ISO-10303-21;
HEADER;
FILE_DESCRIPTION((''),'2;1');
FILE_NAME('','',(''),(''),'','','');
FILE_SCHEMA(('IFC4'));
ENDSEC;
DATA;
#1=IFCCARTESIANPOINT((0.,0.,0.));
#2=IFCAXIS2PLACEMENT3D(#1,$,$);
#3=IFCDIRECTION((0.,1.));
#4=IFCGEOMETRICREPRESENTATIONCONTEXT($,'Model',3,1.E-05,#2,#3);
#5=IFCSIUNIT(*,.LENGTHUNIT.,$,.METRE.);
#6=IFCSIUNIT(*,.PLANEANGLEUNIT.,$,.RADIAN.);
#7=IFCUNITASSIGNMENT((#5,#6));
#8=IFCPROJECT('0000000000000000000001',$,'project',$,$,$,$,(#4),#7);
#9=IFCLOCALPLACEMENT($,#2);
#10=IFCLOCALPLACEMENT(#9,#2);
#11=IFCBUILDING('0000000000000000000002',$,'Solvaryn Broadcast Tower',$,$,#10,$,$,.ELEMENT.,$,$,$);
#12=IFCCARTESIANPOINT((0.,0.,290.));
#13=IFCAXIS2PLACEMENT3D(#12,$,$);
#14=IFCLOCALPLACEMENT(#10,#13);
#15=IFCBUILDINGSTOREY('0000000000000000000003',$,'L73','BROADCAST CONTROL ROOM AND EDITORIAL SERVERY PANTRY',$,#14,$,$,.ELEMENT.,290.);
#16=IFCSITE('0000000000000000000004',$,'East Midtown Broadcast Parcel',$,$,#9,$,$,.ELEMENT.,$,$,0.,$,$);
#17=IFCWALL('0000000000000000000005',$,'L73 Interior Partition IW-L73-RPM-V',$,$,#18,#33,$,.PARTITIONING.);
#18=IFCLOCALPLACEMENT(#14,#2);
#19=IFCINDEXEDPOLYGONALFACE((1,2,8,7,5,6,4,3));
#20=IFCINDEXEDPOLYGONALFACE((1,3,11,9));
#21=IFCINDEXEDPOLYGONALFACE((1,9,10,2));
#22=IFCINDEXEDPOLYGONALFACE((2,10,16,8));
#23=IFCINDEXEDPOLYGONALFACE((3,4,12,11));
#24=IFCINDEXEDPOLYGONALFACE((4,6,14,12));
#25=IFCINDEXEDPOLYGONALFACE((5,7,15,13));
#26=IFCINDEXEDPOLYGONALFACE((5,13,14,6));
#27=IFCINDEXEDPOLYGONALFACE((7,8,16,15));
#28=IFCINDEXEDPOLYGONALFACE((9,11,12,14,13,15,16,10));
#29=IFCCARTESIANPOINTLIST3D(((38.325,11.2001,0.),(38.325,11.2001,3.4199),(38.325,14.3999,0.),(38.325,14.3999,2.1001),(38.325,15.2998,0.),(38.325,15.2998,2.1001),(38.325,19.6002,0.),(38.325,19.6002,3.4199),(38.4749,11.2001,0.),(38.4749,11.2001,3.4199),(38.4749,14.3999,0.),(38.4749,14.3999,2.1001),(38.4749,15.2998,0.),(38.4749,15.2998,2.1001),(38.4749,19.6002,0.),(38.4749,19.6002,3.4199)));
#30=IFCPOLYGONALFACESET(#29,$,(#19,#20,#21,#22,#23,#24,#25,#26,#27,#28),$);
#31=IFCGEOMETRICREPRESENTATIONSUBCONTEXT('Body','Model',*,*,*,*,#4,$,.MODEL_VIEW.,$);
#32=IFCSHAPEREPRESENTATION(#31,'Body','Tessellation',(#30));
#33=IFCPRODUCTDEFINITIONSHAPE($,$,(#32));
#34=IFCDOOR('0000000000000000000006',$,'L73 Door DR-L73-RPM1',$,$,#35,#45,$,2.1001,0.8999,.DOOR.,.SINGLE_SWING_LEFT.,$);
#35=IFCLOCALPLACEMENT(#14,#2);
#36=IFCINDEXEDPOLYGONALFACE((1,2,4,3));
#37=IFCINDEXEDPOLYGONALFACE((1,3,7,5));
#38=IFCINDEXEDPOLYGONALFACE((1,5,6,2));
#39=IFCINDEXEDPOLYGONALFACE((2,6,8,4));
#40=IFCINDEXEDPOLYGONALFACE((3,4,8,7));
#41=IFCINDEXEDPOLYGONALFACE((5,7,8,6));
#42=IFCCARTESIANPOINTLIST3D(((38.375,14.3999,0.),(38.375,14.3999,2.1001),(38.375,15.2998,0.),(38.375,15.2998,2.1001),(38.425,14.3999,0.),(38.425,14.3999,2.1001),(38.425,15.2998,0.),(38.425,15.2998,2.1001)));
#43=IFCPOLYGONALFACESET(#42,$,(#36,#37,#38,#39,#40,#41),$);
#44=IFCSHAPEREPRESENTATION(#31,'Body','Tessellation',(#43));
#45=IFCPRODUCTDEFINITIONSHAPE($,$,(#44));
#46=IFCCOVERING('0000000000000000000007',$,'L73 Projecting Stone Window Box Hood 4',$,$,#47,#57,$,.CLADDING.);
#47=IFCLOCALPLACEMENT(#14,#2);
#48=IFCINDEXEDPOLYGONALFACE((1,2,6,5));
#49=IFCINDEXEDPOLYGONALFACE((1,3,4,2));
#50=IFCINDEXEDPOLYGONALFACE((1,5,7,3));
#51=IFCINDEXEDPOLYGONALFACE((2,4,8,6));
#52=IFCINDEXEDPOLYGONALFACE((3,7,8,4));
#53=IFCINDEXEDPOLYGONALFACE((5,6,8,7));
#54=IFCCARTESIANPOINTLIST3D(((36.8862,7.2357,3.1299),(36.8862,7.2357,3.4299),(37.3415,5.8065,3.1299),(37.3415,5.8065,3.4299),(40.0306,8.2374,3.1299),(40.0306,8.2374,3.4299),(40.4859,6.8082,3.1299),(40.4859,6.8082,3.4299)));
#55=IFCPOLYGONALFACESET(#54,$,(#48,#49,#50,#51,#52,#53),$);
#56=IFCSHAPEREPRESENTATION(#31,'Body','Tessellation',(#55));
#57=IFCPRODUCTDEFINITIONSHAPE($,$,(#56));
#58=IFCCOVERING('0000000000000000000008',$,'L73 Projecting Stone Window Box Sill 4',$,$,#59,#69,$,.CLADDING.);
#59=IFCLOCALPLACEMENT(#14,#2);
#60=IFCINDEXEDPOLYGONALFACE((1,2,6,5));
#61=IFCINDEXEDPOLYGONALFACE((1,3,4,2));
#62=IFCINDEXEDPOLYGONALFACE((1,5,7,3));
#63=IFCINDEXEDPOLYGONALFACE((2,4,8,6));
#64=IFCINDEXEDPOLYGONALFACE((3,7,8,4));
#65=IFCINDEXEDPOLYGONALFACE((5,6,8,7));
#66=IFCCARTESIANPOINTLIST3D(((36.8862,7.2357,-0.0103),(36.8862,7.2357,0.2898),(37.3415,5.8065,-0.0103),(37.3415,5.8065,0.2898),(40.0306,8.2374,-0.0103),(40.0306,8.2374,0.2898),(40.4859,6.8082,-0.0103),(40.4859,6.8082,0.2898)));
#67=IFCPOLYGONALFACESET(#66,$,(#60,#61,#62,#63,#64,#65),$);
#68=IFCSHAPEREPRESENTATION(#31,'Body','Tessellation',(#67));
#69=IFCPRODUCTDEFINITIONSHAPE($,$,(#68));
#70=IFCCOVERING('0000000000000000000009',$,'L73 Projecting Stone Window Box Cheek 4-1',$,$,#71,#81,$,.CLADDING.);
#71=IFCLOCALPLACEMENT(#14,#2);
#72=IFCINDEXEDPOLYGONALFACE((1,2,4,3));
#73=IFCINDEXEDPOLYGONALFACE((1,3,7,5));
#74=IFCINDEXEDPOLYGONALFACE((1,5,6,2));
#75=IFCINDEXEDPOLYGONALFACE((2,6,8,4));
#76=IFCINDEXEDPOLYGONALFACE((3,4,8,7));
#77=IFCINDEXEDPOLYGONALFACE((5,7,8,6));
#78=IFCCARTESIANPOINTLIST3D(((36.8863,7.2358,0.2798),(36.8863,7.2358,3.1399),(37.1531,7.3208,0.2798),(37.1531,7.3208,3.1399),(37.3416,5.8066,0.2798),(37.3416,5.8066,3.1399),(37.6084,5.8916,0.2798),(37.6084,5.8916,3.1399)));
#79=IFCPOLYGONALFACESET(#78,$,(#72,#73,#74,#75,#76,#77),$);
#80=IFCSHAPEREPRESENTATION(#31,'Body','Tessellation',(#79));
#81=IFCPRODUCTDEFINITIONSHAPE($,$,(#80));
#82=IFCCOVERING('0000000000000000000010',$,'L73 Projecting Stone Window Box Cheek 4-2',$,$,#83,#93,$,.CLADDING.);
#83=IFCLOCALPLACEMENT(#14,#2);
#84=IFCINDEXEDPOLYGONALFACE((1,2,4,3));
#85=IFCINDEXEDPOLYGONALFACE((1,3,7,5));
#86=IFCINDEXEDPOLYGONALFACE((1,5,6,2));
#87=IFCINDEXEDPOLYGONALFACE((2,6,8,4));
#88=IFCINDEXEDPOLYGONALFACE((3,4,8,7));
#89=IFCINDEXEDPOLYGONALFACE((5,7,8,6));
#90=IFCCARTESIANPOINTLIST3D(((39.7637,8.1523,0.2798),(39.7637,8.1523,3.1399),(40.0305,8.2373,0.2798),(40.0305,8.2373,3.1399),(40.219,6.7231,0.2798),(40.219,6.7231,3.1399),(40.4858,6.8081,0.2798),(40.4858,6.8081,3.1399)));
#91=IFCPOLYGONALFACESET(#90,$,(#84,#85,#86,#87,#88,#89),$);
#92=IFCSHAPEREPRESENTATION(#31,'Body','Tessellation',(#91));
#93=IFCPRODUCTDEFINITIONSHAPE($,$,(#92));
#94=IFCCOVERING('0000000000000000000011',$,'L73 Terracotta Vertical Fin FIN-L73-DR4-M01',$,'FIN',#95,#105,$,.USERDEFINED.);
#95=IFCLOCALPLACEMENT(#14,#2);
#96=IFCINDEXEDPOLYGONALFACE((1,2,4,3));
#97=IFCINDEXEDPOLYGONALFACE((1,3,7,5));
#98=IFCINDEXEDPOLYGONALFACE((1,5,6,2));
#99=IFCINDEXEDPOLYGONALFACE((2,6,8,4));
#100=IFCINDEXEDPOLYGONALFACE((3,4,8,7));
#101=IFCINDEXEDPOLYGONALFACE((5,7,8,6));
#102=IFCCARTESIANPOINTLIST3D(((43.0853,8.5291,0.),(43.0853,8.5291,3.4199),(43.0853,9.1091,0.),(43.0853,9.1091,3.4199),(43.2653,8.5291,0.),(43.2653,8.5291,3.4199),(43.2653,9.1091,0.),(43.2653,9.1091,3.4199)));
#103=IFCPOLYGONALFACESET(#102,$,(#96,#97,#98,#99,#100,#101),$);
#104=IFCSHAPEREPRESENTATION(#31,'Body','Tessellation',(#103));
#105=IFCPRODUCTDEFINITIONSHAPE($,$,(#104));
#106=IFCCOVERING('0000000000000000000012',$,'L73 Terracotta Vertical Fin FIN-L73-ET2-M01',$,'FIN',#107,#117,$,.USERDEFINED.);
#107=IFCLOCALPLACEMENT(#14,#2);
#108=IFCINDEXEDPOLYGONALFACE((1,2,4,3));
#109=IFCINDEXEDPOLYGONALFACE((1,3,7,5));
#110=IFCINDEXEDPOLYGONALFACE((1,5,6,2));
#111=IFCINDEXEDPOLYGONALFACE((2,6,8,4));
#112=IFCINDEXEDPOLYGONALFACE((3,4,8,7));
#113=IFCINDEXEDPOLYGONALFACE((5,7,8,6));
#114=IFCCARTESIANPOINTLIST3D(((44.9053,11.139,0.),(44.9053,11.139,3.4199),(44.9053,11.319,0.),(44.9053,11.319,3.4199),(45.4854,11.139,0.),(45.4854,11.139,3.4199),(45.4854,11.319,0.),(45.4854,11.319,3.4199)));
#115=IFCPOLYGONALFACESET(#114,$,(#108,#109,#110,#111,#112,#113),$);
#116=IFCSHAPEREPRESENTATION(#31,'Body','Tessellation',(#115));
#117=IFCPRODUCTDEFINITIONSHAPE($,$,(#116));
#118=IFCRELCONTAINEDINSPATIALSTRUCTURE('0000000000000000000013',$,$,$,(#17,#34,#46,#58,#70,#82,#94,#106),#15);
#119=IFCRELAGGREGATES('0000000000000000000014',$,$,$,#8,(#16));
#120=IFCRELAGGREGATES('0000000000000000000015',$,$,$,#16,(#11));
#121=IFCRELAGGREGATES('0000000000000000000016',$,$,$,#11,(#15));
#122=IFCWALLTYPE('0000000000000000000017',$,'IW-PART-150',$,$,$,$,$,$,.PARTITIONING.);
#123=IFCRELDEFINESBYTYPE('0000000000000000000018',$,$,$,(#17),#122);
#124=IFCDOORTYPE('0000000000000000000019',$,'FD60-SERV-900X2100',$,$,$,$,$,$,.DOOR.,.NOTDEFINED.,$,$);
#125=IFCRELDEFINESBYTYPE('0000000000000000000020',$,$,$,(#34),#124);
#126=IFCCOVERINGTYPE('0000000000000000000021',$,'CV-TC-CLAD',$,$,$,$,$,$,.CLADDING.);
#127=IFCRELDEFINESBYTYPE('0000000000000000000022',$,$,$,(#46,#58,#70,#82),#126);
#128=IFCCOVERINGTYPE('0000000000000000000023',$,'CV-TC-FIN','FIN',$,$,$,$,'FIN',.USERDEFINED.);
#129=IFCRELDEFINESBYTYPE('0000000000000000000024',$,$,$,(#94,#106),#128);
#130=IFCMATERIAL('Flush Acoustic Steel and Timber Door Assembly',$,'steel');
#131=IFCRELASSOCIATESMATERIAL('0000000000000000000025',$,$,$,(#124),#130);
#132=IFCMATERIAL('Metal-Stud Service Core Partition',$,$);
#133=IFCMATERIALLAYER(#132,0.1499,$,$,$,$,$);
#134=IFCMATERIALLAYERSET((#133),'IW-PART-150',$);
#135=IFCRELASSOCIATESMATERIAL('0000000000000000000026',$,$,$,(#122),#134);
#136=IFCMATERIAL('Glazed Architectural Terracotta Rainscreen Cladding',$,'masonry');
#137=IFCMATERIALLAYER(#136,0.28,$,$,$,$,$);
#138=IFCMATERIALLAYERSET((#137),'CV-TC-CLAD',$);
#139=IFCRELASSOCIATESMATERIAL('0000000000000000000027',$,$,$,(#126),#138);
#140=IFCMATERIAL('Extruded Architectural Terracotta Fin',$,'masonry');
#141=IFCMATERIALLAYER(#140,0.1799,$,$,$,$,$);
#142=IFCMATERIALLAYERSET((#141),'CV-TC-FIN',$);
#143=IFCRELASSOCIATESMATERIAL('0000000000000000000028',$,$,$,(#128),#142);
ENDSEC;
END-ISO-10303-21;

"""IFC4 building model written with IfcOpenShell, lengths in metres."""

from ifc_helpers import new_model, si_unit, direction, frame, frame_2d, origin, origin_2d, place, context, subcontext, project, spatial, rectangle, extrude, material, layer, layer_set, type_object, element, fill, save


model = new_model("IFC4")

# Units and contexts
model_context = context("Model", 3, precision=1e-05, world=origin(), true_north=direction((0.0, 1.0)))
body_context = subcontext(model_context, "Body", "Model", "MODEL_VIEW")
ifc_project = project(units=[si_unit("LENGTHUNIT", "METRE"), si_unit("PLANEANGLEUNIT", "RADIAN")], contexts=[model_context])

# Site, building, storey
site_placement = place(None, origin())
site = spatial("IfcSite", under=ifc_project, at=site_placement, Name="East Midtown Broadcast Parcel", CompositionType="ELEMENT", RefElevation=0.0)
building_placement = place(site_placement, origin())
building = spatial("IfcBuilding", under=site, at=building_placement, Name="Solvaryn Broadcast Tower", CompositionType="ELEMENT")
storey_placement = place(building_placement, frame((0.0, 0.0, 290.0)))
storey = spatial("IfcBuildingStorey", under=building, at=storey_placement, Name="L73", Description="BROADCAST CONTROL ROOM AND EDITORIAL SERVERY PANTRY", CompositionType="ELEMENT", Elevation=290.0)

# Shared definitions
ifc_material_1 = material(Name="Flush Acoustic Steel and Timber Door Assembly", Category="steel")
door_type = type_object("IfcDoorType", Name="FD60-SERV-900X2100", OperationType="NOTDEFINED", PredefinedType="DOOR", material=ifc_material_1)

# Wall, opening, door
ifc_material_2 = material(Name="Metal-Stud Service Core Partition")
ifc_layer_1 = layer(ifc_material_2, 0.1499)
ifc_layer_set_1 = layer_set([ifc_layer_1], Name="IW-PART-150")
wall_type_1 = type_object("IfcWallType", Name="IW-PART-150", PredefinedType="PARTITIONING", material=ifc_layer_set_1)
wall_1_placement = place(storey_placement, frame((38.3999, 11.2, 0.0), z_axis=(0.0, 0.0, 1.0), x_axis=(0.0, 1.0, 0.0)))
wall_1 = element("IfcWall", 1, at=wall_1_placement, inside=storey, type_object=wall_type_1, Name="L73 Interior Partition IW-L73-RPM-V", PredefinedType="PARTITIONING", context=body_context, shape_type="SweptSolid", body=[
    extrude(rectangle(XDim=8.4001, YDim=0.1499, at=frame_2d((4.2002, 0.0))), origin(), (0.0, 0.0, 1.0), 3.4199),
])
opening_1_placement = place(wall_1_placement, frame((3.2, 0.0, 0.0)))
opening_1 = element("IfcOpeningElement", 2, at=opening_1_placement, cuts=wall_1, PredefinedType="OPENING", context=body_context, shape_type="SweptSolid", body=[
    extrude(rectangle(XDim=0.8999, YDim=2.1001, at=frame_2d((0.45, 1.05))), frame((0.0, 0.085, 0.0), z_axis=(0.0, -1.0, 0.0), x_axis=(1.0, 0.0, 0.0)), (0.0, 0.0, 1.0), 0.1699),
])
door_1_placement = place(opening_1_placement, origin())
door_1 = element("IfcDoor", 3, at=door_1_placement, inside=storey, type_object=door_type, Name="L73 Door DR-L73-RPM1", OperationType="SINGLE_SWING_LEFT", OverallHeight=2.1001, OverallWidth=0.8999, PredefinedType="DOOR", context=body_context, shape_type="SweptSolid", body=[
    extrude(rectangle(XDim=0.8999, YDim=2.1001, at=frame_2d((0.45, 1.05))), frame((0.0, 0.0249, 0.0), z_axis=(0.0, -1.0, 0.0), x_axis=(1.0, 0.0, 0.0)), (0.0, 0.0, 1.0), 0.05),
])
fill(opening_1, door_1)

# Coverings
ifc_material_3 = material(Name="Glazed Architectural Terracotta Rainscreen Cladding", Category="masonry")
ifc_layer_2 = layer(ifc_material_3, 0.28)
ifc_layer_set_2 = layer_set([ifc_layer_2], Name="CV-TC-CLAD")
covering_type_1 = type_object("IfcCoveringType", Name="CV-TC-CLAD", PredefinedType="CLADDING", material=ifc_layer_set_2)
for number, where, z_axis, x_axis, name in (
    (4, (38.686, 7.022, 3.1299), (0.0, 0.0, 1.0), (0.952821, 0.303534, 0.0), "L73 Projecting Stone Window Box Hood 4"),
    (5, (38.686, 7.022, -0.0103), (0.0, 0.0, 1.0), (0.952821, 0.303534, 0.0), "L73 Projecting Stone Window Box Sill 4"),
):
    element("IfcCovering", number, at=place(storey_placement, frame(where, z_axis=z_axis, x_axis=x_axis)), inside=storey, type_object=covering_type_1, Name=name, PredefinedType="CLADDING", context=body_context, shape_type="SweptSolid", body=[
        extrude(rectangle(XDim=3.3, YDim=1.5, at=origin_2d()), origin(), (0.0, 0.0, 1.0), 0.3),
    ])
for number, where, z_axis, x_axis, name in (
    (6, (37.2473, 6.5637, 0.2798), (0.0, 0.0, 1.0), (0.952821, 0.303534, 0.0), "L73 Projecting Stone Window Box Cheek 4-1"),
    (7, (40.1248, 7.4802, 0.2798), (0.0, 0.0, 1.0), (0.952821, 0.303534, 0.0), "L73 Projecting Stone Window Box Cheek 4-2"),
):
    element("IfcCovering", number, at=place(storey_placement, frame(where, z_axis=z_axis, x_axis=x_axis)), inside=storey, type_object=covering_type_1, Name=name, PredefinedType="CLADDING", context=body_context, shape_type="SweptSolid", body=[
        extrude(rectangle(XDim=0.28, YDim=1.5, at=origin_2d()), origin(), (0.0, 0.0, 1.0), 2.8601),
    ])
ifc_material_4 = material(Name="Extruded Architectural Terracotta Fin", Category="masonry")
ifc_layer_3 = layer(ifc_material_4, 0.1799)
ifc_layer_set_3 = layer_set([ifc_layer_3], Name="CV-TC-FIN")
covering_type_2 = type_object("IfcCoveringType", Name="CV-TC-FIN", Description="FIN", ElementType="FIN", PredefinedType="USERDEFINED", material=ifc_layer_set_3)
covering_1_placement = place(storey_placement, frame((43.1753, 8.8191, 0.0), z_axis=(0.0, 0.0, 1.0), x_axis=(1.0, 0.0, 0.0)))
element("IfcCovering", 8, at=covering_1_placement, inside=storey, type_object=covering_type_2, Name="L73 Terracotta Vertical Fin FIN-L73-DR4-M01", ObjectType="FIN", PredefinedType="USERDEFINED", context=body_context, shape_type="SweptSolid", body=[
    extrude(rectangle(XDim=0.1799, YDim=0.5801, at=origin_2d()), origin(), (0.0, 0.0, 1.0), 3.4199),
])
covering_2_placement = place(storey_placement, frame((45.1953, 11.229, 0.0), z_axis=(0.0, 0.0, 1.0), x_axis=(1.0, 0.0, 0.0)))
element("IfcCovering", 9, at=covering_2_placement, inside=storey, type_object=covering_type_2, Name="L73 Terracotta Vertical Fin FIN-L73-ET2-M01", ObjectType="FIN", PredefinedType="USERDEFINED", context=body_context, shape_type="SweptSolid", body=[
    extrude(rectangle(XDim=0.5801, YDim=0.1799, at=origin_2d()), origin(), (0.0, 0.0, 1.0), 3.4199),
])

save(model, "model.ifc")
